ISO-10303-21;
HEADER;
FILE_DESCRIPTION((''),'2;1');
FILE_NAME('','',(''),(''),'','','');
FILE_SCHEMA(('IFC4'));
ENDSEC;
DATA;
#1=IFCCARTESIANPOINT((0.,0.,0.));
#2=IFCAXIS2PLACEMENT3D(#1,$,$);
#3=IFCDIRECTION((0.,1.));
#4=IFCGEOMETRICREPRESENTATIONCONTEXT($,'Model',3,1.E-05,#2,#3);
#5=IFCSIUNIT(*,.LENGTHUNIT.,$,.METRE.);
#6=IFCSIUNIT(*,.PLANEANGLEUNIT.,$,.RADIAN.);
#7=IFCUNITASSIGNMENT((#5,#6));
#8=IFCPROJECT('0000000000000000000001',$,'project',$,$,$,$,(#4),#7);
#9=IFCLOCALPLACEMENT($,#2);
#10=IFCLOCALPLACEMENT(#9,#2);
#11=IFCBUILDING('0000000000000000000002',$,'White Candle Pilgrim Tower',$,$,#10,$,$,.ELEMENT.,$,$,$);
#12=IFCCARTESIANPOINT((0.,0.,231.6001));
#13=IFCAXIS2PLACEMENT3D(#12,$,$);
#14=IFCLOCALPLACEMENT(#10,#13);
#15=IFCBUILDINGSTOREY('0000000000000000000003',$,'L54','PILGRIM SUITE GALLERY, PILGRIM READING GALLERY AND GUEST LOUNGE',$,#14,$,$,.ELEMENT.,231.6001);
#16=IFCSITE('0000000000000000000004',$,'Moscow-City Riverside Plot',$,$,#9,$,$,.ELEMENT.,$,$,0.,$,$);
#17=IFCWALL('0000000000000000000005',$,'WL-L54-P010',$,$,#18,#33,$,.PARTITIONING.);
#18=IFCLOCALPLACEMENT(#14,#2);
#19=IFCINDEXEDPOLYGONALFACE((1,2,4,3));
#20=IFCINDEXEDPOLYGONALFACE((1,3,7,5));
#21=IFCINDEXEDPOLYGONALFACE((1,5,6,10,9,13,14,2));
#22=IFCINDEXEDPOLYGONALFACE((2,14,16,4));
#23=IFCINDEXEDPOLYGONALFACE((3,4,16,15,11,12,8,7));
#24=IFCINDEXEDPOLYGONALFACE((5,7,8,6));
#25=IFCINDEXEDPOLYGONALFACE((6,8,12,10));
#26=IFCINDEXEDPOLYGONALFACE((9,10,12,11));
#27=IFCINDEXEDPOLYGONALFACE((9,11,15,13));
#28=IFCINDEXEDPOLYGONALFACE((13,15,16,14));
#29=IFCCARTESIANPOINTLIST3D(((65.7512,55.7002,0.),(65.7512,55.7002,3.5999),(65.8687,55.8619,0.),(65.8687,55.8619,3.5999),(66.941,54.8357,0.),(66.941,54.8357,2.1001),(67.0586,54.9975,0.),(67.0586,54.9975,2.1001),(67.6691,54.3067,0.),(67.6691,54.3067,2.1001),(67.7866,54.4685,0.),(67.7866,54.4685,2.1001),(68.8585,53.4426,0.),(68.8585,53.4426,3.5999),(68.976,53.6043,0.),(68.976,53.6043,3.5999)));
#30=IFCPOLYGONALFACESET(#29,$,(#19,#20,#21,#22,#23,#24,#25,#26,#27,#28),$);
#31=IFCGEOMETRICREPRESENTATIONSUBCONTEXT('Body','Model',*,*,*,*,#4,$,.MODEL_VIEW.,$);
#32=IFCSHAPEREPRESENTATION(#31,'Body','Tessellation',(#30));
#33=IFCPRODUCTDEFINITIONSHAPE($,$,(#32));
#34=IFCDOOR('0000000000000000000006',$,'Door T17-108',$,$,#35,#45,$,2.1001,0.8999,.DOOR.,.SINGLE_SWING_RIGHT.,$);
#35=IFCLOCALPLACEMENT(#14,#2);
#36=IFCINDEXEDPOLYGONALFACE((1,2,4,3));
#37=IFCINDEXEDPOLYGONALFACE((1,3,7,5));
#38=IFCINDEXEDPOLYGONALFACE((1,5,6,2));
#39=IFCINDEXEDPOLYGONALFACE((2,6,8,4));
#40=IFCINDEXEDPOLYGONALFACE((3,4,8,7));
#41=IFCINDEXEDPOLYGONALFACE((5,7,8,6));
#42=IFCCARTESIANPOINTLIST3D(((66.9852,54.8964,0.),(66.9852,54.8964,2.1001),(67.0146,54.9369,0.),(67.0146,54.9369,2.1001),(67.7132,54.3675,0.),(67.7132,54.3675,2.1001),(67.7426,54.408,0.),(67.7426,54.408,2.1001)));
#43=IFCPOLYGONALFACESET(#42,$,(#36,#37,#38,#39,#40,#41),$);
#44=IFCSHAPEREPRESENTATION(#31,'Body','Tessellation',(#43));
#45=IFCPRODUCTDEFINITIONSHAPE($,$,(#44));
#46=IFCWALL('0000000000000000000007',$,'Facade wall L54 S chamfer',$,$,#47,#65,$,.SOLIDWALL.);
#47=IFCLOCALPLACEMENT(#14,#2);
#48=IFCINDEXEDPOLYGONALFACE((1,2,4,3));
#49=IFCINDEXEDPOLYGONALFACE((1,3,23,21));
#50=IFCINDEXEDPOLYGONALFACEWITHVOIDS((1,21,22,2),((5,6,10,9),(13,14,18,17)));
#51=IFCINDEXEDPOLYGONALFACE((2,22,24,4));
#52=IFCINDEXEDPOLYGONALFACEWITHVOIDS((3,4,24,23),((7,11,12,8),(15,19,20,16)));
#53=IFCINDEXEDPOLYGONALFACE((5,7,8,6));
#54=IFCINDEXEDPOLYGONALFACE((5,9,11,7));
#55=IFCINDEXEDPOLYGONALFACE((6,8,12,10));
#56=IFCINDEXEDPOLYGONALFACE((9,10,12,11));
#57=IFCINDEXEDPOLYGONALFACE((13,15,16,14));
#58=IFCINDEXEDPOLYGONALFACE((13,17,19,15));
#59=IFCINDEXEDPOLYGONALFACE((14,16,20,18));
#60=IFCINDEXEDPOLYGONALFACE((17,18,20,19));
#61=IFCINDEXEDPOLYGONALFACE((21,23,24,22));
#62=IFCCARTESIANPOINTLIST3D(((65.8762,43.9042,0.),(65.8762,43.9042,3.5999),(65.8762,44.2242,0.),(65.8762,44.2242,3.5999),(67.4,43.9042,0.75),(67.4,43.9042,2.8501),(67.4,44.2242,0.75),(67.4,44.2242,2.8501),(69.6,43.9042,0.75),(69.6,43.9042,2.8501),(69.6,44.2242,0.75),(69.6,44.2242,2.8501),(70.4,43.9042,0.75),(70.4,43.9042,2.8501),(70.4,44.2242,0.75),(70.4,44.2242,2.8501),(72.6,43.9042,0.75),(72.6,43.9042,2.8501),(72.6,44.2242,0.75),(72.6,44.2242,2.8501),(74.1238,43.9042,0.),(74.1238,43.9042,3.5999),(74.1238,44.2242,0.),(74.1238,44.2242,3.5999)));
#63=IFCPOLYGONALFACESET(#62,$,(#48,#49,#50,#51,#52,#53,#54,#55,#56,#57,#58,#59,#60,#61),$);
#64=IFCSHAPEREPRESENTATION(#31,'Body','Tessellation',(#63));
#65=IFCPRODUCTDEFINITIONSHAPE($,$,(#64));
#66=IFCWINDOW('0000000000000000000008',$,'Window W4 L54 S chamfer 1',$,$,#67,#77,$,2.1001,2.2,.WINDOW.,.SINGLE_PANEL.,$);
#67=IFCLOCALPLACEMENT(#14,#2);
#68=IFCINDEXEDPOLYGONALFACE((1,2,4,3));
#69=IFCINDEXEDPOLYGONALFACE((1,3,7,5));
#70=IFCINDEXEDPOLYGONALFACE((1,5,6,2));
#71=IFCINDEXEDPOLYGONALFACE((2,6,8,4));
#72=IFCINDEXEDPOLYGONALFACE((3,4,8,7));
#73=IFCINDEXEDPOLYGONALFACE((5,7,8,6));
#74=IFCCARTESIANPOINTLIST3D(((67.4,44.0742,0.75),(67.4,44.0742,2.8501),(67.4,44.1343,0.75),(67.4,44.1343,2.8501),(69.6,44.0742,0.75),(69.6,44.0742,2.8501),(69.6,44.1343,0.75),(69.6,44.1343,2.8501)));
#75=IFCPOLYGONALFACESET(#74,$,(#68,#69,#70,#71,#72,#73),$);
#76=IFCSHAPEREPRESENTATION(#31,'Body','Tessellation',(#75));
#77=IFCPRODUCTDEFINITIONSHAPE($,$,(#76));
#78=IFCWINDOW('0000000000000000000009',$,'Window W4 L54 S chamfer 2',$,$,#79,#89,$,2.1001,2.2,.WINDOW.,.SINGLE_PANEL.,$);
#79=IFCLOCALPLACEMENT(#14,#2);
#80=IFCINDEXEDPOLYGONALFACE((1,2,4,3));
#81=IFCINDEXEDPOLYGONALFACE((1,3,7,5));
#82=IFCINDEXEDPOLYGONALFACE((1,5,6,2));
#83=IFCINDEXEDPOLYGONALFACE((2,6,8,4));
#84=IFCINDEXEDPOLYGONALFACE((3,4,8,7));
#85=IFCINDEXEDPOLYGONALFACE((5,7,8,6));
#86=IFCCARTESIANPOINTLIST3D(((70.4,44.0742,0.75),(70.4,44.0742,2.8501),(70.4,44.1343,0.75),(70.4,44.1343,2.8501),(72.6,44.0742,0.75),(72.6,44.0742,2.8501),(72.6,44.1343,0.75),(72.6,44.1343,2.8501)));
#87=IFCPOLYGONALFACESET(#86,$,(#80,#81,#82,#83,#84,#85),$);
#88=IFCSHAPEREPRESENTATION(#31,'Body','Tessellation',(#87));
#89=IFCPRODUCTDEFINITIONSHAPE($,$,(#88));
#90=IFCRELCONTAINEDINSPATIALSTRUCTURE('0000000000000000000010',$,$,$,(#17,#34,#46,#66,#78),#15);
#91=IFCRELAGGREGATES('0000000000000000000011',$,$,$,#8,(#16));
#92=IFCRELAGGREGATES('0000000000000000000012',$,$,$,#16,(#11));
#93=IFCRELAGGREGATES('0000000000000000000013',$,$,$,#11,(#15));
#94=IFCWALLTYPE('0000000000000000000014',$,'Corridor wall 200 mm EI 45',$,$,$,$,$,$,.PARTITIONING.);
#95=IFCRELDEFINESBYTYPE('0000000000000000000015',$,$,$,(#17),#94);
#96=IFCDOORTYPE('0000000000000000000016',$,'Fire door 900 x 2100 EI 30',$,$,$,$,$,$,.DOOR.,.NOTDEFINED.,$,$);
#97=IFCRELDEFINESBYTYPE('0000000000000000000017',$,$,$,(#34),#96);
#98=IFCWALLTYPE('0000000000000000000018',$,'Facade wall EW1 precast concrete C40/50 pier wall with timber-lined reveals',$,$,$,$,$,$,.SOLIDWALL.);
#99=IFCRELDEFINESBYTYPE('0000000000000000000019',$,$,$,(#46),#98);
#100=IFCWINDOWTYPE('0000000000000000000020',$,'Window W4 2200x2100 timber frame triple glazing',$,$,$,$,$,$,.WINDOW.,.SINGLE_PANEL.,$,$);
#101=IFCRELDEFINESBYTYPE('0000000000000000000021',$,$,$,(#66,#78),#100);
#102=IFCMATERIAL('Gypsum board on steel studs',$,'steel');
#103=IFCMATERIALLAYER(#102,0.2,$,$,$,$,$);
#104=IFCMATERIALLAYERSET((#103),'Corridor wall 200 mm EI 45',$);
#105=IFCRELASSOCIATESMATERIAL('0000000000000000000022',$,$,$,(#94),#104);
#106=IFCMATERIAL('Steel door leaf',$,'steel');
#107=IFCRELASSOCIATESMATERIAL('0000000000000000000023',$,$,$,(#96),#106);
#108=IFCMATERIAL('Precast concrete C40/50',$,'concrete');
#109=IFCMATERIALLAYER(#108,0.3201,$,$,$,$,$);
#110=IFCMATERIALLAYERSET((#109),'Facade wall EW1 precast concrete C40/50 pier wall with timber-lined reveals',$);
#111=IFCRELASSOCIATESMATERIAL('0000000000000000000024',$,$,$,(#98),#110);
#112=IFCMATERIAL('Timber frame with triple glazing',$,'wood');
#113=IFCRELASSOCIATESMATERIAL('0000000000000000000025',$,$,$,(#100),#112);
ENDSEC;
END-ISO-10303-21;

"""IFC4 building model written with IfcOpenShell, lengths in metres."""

from ifc_helpers import new_model, si_unit, direction, frame, frame_2d, origin, place, context, subcontext, project, spatial, rectangle, extrude, material, layer, layer_set, type_object, element, fill, save


model = new_model("IFC4")

# Units and contexts
model_context = context("Model", 3, precision=1e-05, world=origin(), true_north=direction((0.0, 1.0)))
body_context = subcontext(model_context, "Body", "Model", "MODEL_VIEW")
ifc_project = project(units=[si_unit("LENGTHUNIT", "METRE"), si_unit("PLANEANGLEUNIT", "RADIAN")], contexts=[model_context])

# Site, building, storey
site_placement = place(None, origin())
site = spatial("IfcSite", under=ifc_project, at=site_placement, Name="Moscow-City Riverside Plot", CompositionType="ELEMENT", RefElevation=0.0)
building_placement = place(site_placement, origin())
building = spatial("IfcBuilding", under=site, at=building_placement, Name="White Candle Pilgrim Tower", CompositionType="ELEMENT")
storey_placement = place(building_placement, frame((0.0, 0.0, 231.6001)))
storey = spatial("IfcBuildingStorey", under=building, at=storey_placement, Name="L54", Description="PILGRIM SUITE GALLERY, PILGRIM READING GALLERY AND GUEST LOUNGE", CompositionType="ELEMENT", Elevation=231.6001)

# Wall, opening, door
ifc_material_1 = material(Name="Gypsum board on steel studs", Category="steel")
ifc_layer_1 = layer(ifc_material_1, 0.2)
ifc_layer_set_1 = layer_set([ifc_layer_1], Name="Corridor wall 200 mm EI 45")
wall_type_1 = type_object("IfcWallType", Name="Corridor wall 200 mm EI 45", PredefinedType="PARTITIONING", material=ifc_layer_set_1)
ifc_material_2 = material(Name="Steel door leaf", Category="steel")
door_type = type_object("IfcDoorType", Name="Fire door 900 x 2100 EI 30", OperationType="NOTDEFINED", PredefinedType="DOOR", material=ifc_material_2)
wall_1_placement = place(storey_placement, frame((68.9172, 53.5234, 0.0), z_axis=(0.0, 0.0, 1.0), x_axis=(-0.809008, 0.587797, 0.0)))
wall_1 = element("IfcWall", 1, at=wall_1_placement, inside=storey, type_object=wall_type_1, Name="WL-L54-P010", PredefinedType="PARTITIONING", context=body_context, shape_type="SweptSolid", body=[
    extrude(rectangle(XDim=3.8408, YDim=0.2, at=frame_2d((1.9204, 0.0))), origin(), (0.0, 0.0, 1.0), 3.5999),
])
opening_1_placement = place(wall_1_placement, frame((1.4702, 0.0, 0.0)))
opening_1 = element("IfcOpeningElement", 2, at=opening_1_placement, cuts=wall_1, PredefinedType="OPENING", context=body_context, shape_type="SweptSolid", body=[
    extrude(rectangle(XDim=0.8999, YDim=2.1001, at=frame_2d((0.45, 1.05))), frame((0.0, 0.1099, 0.0), z_axis=(0.0, -1.0, 0.0), x_axis=(1.0, 0.0, 0.0)), (0.0, 0.0, 1.0), 0.22),
])
door_1_placement = place(opening_1_placement, origin())
door_1 = element("IfcDoor", 3, at=door_1_placement, inside=storey, type_object=door_type, Name="Door T17-108", OperationType="SINGLE_SWING_RIGHT", OverallHeight=2.1001, OverallWidth=0.8999, PredefinedType="DOOR", context=body_context, shape_type="SweptSolid", body=[
    extrude(rectangle(XDim=0.8999, YDim=2.1001, at=frame_2d((0.45, 1.05))), frame((0.0, 0.0249, 0.0), z_axis=(0.0, -1.0, 0.0), x_axis=(1.0, 0.0, 0.0)), (0.0, 0.0, 1.0), 0.05),
])
fill(opening_1, door_1)

# Wall, openings, windows
ifc_material_3 = material(Name="Precast concrete C40/50", Category="concrete")
ifc_layer_2 = layer(ifc_material_3, 0.3201)
ifc_layer_set_2 = layer_set([ifc_layer_2], Name="Facade wall EW1 precast concrete C40/50 pier wall with timber-lined reveals")
wall_type_2 = type_object("IfcWallType", Name="Facade wall EW1 precast concrete C40/50 pier wall with timber-lined reveals", PredefinedType="SOLIDWALL", material=ifc_layer_set_2)
wall_2_placement = place(storey_placement, frame((65.8762, 44.0642, 0.0), z_axis=(0.0, 0.0, 1.0), x_axis=(1.0, 0.0, 0.0)))
wall_2 = element("IfcWall", 4, at=wall_2_placement, inside=storey, type_object=wall_type_2, Name="Facade wall L54 S chamfer", PredefinedType="SOLIDWALL", context=body_context, shape_type="SweptSolid", body=[
    extrude(rectangle(XDim=8.2476, YDim=0.3201, at=frame_2d((4.1238, 0.0))), origin(), (0.0, 0.0, 1.0), 3.5999),
])
opening_2_placement = place(wall_2_placement, frame((1.5237, 0.0, 0.75)))
opening_2 = element("IfcOpeningElement", 5, at=opening_2_placement, cuts=wall_2, PredefinedType="OPENING", context=body_context, shape_type="SweptSolid", body=[
    extrude(rectangle(XDim=2.2, YDim=2.1001, at=frame_2d((1.1001, 1.05))), frame((0.0, 0.1699, 0.0), z_axis=(0.0, -1.0, 0.0), x_axis=(1.0, 0.0, 0.0)), (0.0, 0.0, 1.0), 0.3401),
])
opening_3_placement = place(wall_2_placement, frame((4.5237, 0.0, 0.75)))
opening_3 = element("IfcOpeningElement", 6, at=opening_3_placement, cuts=wall_2, PredefinedType="OPENING", context=body_context, shape_type="SweptSolid", body=[
    extrude(rectangle(XDim=2.2, YDim=2.1001, at=frame_2d((1.1001, 1.05))), frame((0.0, 0.1699, 0.0), z_axis=(0.0, -1.0, 0.0), x_axis=(1.0, 0.0, 0.0)), (0.0, 0.0, 1.0), 0.3401),
])
ifc_material_4 = material(Name="Timber frame with triple glazing", Category="wood")
window_type_1 = type_object("IfcWindowType", Name="Window W4 2200x2100 timber frame triple glazing", PartitioningType="SINGLE_PANEL", PredefinedType="WINDOW", material=ifc_material_4)
window_1_placement = place(opening_2_placement, origin())
window_1 = element("IfcWindow", 7, at=window_1_placement, inside=storey, type_object=window_type_1, Name="Window W4 L54 S chamfer 1", OverallHeight=2.1001, OverallWidth=2.2, PartitioningType="SINGLE_PANEL", PredefinedType="WINDOW", context=body_context, shape_type="SweptSolid", body=[
    extrude(rectangle(XDim=2.2, YDim=2.1001, at=frame_2d((1.1001, 1.05))), frame((0.0, 0.0701, 0.0), z_axis=(0.0, -1.0, 0.0), x_axis=(1.0, 0.0, 0.0)), (0.0, 0.0, 1.0), 0.0601),
])
fill(opening_2, window_1)
window_2_placement = place(opening_3_placement, origin())
window_2 = element("IfcWindow", 8, at=window_2_placement, inside=storey, type_object=window_type_1, Name="Window W4 L54 S chamfer 2", OverallHeight=2.1001, OverallWidth=2.2, PartitioningType="SINGLE_PANEL", PredefinedType="WINDOW", context=body_context, shape_type="SweptSolid", body=[
    extrude(rectangle(XDim=2.2, YDim=2.1001, at=frame_2d((1.1001, 1.05))), frame((0.0, 0.0701, 0.0), z_axis=(0.0, -1.0, 0.0), x_axis=(1.0, 0.0, 0.0)), (0.0, 0.0, 1.0), 0.0601),
])
fill(opening_3, window_2)

save(model, "model.ifc")
